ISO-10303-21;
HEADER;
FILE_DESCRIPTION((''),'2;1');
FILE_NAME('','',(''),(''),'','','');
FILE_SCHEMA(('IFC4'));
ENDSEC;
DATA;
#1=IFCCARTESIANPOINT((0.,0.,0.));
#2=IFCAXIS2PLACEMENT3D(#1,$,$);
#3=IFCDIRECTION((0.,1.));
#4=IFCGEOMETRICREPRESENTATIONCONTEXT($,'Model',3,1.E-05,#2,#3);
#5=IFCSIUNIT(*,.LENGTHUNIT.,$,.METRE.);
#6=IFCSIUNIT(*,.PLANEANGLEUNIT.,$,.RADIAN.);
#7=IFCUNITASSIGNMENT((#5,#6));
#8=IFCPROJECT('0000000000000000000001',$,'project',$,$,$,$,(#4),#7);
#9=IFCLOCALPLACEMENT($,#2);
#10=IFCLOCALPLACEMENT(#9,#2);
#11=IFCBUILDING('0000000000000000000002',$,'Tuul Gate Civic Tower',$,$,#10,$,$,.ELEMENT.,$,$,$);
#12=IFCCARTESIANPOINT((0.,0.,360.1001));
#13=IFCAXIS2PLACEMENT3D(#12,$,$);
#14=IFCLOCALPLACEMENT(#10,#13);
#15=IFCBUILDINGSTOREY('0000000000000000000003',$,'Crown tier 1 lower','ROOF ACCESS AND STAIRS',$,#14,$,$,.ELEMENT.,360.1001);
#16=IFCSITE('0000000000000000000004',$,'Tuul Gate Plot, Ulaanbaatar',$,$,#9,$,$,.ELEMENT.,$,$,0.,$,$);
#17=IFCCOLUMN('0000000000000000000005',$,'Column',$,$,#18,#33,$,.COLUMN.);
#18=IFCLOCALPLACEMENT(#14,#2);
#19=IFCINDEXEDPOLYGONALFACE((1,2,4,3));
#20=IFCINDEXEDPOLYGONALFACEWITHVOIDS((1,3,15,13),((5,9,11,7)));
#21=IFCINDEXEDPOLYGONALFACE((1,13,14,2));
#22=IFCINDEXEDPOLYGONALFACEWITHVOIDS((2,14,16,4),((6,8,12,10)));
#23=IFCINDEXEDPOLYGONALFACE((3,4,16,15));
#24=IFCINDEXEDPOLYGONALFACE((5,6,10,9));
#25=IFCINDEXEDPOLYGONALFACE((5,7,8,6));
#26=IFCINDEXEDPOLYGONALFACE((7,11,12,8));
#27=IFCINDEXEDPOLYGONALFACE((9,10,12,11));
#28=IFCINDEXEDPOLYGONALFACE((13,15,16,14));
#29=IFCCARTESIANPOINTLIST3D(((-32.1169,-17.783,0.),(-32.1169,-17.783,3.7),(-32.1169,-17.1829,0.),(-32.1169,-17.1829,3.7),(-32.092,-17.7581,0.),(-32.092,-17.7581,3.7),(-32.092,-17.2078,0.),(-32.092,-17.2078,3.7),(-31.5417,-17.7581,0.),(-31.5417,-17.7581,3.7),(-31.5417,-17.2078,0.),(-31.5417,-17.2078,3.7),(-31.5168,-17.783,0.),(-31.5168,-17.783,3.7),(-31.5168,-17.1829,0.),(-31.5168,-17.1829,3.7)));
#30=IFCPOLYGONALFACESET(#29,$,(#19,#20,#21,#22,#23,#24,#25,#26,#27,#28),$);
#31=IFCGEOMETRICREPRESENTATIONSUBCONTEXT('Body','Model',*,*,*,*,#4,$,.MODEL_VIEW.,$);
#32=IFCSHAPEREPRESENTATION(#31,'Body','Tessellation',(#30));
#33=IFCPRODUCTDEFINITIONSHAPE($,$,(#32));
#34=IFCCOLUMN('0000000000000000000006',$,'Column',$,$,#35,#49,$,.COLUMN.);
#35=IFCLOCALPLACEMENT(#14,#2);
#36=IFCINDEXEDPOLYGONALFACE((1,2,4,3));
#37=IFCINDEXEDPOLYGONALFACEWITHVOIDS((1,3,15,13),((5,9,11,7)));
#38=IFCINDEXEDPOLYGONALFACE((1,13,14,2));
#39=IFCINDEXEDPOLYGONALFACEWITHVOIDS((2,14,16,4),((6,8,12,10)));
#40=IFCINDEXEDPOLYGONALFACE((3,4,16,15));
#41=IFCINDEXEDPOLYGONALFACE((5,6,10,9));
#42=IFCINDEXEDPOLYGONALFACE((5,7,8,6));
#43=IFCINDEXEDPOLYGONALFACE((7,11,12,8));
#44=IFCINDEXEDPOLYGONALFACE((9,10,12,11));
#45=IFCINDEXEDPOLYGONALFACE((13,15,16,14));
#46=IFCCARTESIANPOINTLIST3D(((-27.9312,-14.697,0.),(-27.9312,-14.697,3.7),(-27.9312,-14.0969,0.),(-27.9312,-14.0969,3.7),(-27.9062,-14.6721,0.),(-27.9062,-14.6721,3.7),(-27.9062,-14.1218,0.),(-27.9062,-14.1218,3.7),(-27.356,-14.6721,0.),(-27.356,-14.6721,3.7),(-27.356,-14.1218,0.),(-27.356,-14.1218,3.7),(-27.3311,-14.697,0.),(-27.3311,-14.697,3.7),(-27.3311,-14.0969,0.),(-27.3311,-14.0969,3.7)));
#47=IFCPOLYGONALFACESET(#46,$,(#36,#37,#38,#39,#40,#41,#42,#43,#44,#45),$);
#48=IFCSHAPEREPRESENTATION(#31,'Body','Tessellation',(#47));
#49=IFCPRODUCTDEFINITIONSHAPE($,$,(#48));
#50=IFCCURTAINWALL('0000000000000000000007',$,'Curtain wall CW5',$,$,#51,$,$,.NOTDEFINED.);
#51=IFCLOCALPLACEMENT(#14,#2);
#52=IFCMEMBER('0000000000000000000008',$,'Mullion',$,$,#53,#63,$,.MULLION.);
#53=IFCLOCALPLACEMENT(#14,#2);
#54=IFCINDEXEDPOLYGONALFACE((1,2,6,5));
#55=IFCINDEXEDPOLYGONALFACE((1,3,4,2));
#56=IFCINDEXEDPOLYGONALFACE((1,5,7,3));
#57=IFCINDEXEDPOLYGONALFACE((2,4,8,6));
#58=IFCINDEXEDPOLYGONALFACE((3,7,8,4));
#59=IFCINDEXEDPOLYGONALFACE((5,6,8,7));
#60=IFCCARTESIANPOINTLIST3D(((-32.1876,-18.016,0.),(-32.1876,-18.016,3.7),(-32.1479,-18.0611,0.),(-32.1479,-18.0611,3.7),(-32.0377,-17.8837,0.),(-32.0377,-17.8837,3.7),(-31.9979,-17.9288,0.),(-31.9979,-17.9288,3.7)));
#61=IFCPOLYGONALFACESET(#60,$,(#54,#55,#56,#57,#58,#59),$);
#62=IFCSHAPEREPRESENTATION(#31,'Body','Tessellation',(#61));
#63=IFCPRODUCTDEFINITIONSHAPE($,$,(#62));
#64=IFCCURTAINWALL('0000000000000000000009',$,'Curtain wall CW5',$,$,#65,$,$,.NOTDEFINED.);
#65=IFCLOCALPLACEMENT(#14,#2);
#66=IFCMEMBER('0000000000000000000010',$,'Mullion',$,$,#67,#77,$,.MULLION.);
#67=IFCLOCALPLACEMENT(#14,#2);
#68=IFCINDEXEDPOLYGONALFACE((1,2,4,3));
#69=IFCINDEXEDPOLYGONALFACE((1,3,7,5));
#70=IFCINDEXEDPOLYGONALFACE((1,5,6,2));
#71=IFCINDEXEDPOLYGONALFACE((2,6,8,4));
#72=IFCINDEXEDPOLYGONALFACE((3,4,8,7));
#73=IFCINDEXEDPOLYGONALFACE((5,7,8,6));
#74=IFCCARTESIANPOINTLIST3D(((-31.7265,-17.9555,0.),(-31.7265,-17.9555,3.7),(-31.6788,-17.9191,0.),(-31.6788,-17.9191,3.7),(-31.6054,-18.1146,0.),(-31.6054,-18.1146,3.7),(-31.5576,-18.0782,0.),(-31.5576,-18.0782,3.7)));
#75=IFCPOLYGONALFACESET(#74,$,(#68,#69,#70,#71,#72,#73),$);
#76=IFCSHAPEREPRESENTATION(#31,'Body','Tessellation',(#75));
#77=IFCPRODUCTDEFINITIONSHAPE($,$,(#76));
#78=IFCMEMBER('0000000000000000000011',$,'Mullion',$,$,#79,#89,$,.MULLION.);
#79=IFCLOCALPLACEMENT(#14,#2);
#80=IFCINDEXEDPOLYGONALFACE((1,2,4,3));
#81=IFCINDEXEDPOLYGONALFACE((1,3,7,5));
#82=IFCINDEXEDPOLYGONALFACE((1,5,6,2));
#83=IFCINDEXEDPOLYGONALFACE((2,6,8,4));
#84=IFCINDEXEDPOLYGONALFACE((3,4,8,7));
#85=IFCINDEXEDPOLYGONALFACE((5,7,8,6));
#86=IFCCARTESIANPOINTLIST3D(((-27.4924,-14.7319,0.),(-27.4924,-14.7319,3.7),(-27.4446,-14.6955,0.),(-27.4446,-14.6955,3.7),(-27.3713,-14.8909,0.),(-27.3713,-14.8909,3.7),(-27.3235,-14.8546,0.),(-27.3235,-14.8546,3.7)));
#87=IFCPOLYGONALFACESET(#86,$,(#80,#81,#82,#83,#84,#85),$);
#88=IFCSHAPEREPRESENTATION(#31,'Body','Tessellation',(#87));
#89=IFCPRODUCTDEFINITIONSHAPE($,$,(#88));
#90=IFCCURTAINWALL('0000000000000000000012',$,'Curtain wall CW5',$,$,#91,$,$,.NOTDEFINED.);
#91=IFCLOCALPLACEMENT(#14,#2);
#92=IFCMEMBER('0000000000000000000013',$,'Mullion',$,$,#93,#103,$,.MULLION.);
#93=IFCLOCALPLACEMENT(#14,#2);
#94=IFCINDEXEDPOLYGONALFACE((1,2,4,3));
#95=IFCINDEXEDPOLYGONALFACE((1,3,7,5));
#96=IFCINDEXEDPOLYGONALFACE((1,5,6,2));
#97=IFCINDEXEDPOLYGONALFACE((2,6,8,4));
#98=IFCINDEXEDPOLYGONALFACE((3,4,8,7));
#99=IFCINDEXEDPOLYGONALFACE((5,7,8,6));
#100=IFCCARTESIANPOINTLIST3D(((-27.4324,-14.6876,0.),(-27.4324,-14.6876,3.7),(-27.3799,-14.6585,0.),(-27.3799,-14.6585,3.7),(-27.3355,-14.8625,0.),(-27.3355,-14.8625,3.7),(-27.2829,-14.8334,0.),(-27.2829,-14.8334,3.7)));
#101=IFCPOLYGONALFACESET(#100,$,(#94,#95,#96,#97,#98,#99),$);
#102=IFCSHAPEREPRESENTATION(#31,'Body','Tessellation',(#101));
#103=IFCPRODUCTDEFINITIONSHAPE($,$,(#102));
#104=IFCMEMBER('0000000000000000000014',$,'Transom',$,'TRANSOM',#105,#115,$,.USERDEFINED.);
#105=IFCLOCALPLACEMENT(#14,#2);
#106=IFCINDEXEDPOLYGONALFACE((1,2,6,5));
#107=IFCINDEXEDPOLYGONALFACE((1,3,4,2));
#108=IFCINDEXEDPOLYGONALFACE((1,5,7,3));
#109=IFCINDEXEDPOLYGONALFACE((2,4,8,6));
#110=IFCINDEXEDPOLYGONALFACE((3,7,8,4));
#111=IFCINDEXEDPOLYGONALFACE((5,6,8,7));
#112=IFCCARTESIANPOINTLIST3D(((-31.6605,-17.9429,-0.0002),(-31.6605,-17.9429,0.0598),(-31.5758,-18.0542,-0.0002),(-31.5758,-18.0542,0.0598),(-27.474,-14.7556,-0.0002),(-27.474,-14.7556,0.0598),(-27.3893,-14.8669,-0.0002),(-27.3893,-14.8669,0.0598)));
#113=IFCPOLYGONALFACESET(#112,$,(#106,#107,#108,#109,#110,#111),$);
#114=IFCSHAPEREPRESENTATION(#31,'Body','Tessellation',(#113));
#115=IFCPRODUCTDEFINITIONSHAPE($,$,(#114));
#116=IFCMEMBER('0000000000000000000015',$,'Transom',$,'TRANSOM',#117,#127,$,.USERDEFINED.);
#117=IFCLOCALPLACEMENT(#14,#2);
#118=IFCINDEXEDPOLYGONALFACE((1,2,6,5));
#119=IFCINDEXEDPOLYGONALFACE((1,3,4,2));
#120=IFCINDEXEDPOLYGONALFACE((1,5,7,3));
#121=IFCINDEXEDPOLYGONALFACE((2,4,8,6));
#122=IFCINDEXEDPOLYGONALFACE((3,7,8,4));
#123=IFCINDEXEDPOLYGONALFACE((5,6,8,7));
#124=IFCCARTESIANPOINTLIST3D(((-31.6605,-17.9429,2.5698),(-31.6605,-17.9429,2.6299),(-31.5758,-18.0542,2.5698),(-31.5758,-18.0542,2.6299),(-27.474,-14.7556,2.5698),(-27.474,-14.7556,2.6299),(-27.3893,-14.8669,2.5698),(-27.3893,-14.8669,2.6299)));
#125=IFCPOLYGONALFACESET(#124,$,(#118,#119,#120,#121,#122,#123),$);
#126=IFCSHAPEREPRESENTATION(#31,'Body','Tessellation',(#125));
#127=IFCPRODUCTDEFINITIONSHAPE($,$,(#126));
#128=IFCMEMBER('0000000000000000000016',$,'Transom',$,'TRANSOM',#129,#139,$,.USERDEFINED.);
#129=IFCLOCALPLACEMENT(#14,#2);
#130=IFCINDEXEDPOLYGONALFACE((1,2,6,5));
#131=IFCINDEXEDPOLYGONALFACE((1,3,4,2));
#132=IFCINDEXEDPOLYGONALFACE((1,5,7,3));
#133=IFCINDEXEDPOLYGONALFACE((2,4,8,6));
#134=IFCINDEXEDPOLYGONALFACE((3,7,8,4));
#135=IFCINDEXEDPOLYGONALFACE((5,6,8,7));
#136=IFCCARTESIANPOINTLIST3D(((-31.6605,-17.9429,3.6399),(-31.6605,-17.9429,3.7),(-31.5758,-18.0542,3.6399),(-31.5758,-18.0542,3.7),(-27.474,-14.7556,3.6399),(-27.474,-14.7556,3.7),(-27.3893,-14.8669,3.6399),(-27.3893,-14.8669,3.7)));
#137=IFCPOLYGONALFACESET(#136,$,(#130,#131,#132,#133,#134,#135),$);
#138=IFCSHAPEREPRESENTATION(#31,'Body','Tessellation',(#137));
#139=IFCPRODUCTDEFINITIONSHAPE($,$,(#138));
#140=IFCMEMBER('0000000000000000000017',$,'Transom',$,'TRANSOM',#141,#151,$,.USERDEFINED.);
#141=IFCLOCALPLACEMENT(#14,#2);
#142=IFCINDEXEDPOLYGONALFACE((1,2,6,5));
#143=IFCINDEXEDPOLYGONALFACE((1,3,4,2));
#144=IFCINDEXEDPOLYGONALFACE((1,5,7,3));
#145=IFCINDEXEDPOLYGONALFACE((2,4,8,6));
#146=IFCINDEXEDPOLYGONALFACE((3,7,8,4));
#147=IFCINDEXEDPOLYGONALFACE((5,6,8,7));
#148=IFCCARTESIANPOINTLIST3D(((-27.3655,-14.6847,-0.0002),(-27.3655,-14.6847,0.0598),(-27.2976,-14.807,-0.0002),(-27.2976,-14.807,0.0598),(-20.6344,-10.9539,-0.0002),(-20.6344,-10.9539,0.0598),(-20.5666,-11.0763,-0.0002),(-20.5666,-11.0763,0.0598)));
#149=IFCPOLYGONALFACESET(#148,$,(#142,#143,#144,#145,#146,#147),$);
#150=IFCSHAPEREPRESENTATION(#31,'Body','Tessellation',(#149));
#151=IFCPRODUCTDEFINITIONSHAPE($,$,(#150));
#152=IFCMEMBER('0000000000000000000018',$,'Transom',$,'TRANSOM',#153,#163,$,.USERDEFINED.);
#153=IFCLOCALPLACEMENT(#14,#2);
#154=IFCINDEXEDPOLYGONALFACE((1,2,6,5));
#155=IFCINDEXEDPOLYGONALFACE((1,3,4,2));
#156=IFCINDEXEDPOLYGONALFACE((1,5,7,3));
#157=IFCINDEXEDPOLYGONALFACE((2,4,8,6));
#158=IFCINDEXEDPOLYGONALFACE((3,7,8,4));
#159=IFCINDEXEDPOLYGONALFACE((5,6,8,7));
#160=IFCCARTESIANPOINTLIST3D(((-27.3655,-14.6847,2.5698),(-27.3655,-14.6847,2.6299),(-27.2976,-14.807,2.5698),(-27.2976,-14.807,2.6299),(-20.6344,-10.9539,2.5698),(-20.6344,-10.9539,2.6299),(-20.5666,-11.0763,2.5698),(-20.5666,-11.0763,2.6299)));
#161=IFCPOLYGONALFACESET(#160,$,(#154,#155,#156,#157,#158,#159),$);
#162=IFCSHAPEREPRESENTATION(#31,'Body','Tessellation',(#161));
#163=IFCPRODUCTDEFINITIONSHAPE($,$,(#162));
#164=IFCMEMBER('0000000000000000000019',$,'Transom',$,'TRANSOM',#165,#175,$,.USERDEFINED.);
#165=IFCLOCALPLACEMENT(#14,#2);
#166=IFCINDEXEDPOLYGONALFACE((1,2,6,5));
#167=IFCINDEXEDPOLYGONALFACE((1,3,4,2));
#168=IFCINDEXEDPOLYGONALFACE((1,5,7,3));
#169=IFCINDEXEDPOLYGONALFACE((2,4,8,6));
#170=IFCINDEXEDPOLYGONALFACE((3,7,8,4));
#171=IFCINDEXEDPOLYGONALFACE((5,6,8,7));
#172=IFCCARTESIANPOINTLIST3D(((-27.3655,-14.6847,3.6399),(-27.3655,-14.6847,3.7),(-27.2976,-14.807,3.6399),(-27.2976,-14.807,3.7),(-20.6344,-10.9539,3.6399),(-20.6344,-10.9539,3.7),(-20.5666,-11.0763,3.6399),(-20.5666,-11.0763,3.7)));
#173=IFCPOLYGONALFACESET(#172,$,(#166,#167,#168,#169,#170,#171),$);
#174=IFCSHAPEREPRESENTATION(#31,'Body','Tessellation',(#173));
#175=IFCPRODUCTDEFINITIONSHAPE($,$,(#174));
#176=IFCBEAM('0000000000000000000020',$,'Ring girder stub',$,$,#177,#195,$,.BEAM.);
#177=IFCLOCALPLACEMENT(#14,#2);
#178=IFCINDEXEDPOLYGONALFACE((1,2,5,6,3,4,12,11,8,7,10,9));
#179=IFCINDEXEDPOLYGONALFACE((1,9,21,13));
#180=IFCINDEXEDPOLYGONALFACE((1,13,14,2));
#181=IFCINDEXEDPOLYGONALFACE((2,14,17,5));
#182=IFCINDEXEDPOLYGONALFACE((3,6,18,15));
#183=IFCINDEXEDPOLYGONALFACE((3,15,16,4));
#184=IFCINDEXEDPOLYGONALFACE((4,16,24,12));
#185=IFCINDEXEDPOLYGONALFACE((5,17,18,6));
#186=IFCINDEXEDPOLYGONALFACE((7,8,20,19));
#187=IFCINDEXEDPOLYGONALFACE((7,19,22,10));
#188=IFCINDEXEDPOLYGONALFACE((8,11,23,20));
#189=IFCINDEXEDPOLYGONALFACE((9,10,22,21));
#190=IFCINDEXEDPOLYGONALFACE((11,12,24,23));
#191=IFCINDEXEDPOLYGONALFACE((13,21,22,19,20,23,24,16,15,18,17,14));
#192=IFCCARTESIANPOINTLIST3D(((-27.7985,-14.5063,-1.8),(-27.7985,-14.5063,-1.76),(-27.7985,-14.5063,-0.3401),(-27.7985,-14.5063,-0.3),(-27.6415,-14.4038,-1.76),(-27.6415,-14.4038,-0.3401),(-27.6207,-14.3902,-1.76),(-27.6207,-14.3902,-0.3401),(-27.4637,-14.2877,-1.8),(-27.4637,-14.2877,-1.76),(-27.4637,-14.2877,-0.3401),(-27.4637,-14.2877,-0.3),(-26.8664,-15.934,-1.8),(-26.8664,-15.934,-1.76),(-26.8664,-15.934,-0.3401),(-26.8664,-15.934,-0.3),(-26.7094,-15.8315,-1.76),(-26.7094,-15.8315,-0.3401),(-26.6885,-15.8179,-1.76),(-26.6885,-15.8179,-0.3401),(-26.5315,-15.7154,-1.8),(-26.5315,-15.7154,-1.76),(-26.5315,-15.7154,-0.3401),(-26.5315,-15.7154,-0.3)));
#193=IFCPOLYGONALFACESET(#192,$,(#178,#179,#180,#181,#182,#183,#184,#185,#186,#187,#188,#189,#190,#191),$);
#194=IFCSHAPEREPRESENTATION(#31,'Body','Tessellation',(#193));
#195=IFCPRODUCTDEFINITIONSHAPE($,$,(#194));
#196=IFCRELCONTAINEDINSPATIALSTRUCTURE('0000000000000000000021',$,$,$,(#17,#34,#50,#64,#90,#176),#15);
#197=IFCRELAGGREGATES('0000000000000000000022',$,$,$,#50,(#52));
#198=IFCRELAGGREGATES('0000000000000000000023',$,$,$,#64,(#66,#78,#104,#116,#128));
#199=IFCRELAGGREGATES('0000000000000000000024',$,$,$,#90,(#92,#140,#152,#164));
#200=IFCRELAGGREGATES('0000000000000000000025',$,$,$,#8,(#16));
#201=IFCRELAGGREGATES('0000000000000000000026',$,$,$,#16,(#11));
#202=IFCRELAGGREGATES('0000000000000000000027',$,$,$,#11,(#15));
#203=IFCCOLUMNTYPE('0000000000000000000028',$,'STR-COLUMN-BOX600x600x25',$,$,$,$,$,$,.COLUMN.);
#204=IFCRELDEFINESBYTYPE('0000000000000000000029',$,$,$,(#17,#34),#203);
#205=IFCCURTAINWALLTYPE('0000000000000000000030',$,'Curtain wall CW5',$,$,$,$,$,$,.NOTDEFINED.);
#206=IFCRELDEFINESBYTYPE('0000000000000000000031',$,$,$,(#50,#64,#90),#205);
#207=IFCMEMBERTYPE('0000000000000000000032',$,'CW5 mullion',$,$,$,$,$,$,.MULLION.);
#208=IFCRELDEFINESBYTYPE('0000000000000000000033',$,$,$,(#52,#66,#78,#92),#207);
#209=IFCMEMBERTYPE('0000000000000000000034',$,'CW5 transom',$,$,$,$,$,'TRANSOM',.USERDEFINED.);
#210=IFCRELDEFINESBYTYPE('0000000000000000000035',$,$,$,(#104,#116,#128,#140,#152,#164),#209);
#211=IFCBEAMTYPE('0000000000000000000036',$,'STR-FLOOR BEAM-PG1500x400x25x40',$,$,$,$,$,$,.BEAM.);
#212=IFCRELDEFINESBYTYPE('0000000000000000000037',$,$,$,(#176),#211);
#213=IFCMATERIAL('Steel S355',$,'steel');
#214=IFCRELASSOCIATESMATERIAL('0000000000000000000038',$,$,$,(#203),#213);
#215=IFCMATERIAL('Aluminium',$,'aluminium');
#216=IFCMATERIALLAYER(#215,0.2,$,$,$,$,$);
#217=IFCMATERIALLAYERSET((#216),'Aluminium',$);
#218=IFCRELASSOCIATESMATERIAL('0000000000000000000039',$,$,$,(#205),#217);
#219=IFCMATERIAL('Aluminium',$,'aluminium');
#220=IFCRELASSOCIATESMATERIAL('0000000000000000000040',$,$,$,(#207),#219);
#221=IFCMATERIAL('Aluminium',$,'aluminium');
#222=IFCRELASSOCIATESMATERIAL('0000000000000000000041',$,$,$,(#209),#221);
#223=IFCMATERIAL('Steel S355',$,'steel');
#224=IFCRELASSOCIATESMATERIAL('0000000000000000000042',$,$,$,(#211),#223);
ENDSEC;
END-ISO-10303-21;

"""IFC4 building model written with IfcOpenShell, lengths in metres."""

from ifc_helpers import new_model, si_unit, direction, frame, origin, origin_2d, place, context, subcontext, project, spatial, rectangle, hollow_rectangle, i_section, extrude, material, layer, layer_set, material_profile, profile_set, type_object, element, aggregate, save


model = new_model("IFC4")

# Units and contexts
model_context = context("Model", 3, precision=1e-05, world=origin(), true_north=direction((0.0, 1.0)))
body_context = subcontext(model_context, "Body", "Model", "MODEL_VIEW")
ifc_project = project(units=[si_unit("LENGTHUNIT", "METRE"), si_unit("PLANEANGLEUNIT", "RADIAN")], contexts=[model_context])

# Site, building, storey
site_placement = place(None, origin())
site = spatial("IfcSite", under=ifc_project, at=site_placement, Name="Tuul Gate Plot, Ulaanbaatar", CompositionType="ELEMENT", RefElevation=0.0)
building_placement = place(site_placement, origin())
building = spatial("IfcBuilding", under=site, at=building_placement, Name="Tuul Gate Civic Tower", CompositionType="ELEMENT")
storey_placement = place(building_placement, frame((0.0, 0.0, 360.1001)))
storey = spatial("IfcBuildingStorey", under=building, at=storey_placement, Name="Crown tier 1 lower", Description="ROOF ACCESS AND STAIRS", CompositionType="ELEMENT", Elevation=360.1001)

# Columns
ifc_material_1 = material(Name="Steel S355", Category="steel")
ifc_material_profile_1 = material_profile(ifc_material_1, hollow_rectangle(XDim=0.6001, YDim=0.6001, WallThickness=0.0249, at=origin_2d()), Name="BOX600x600x25")
ifc_profile_set_1 = profile_set([ifc_material_profile_1], Name="Steel S355")
column_type = type_object("IfcColumnType", Name="STR-COLUMN-BOX600x600x25", PredefinedType="COLUMN", material=ifc_profile_set_1)
for number, where, z_axis, x_axis, name in (
    (1, (-31.8169, -17.4829, 0.0), (0.0, 0.0, 1.0), (1.0, 0.0, 0.0), "Column"),
    (2, (-27.6311, -14.397, 0.0), (0.0, 0.0, 1.0), (1.0, 0.0, 0.0), "Column"),
):
    element("IfcColumn", number, at=place(storey_placement, frame(where, z_axis=z_axis, x_axis=x_axis)), inside=storey, type_object=column_type, Name=name, PredefinedType="COLUMN", context=body_context, shape_type="SweptSolid", body=[
        extrude(hollow_rectangle(XDim=0.6001, YDim=0.6001, WallThickness=0.0249, at=origin_2d()), origin(), (0.0, 0.0, 1.0), 3.7),
    ])

# Curtain wall, member
ifc_material_2 = material(Name="Aluminium", Category="aluminium")
ifc_layer_1 = layer(ifc_material_2, 0.2)
ifc_layer_set_1 = layer_set([ifc_layer_1], Name="Aluminium")
curtain_wall_type = type_object("IfcCurtainWallType", Name="Curtain wall CW5", PredefinedType="NOTDEFINED", material=ifc_layer_set_1)
curtain_wall_1_placement = place(storey_placement, origin())
curtain_wall_1 = element("IfcCurtainWall", 3, at=curtain_wall_1_placement, inside=storey, type_object=curtain_wall_type, Name="Curtain wall CW5", PredefinedType="NOTDEFINED")
ifc_material_3 = material(Name="Aluminium", Category="aluminium")
ifc_material_profile_2 = material_profile(ifc_material_3, rectangle(XDim=0.2, YDim=0.0601, at=origin_2d()), Name="CW5 mullion")
ifc_profile_set_2 = profile_set([ifc_material_profile_2], Name="Aluminium")
member_type_1 = type_object("IfcMemberType", Name="CW5 mullion", PredefinedType="MULLION", material=ifc_profile_set_2)
member_1_placement = place(storey_placement, frame((-32.0928, -17.9724, 0.0), z_axis=(0.0, 0.0, 1.0), x_axis=(0.749793, 0.661672, 0.0)))
member_1 = element("IfcMember", 4, at=member_1_placement, type_object=member_type_1, Name="Mullion", PredefinedType="MULLION", context=body_context, shape_type="SweptSolid", body=[
    extrude(rectangle(XDim=0.2, YDim=0.0601, at=origin_2d()), origin(), (0.0, 0.0, 1.0), 3.7),
])
aggregate(curtain_wall_1, [member_1])

# Curtain wall, members
curtain_wall_2_placement = place(storey_placement, origin())
curtain_wall_2 = element("IfcCurtainWall", 5, at=curtain_wall_2_placement, inside=storey, type_object=curtain_wall_type, Name="Curtain wall CW5", PredefinedType="NOTDEFINED")
member_2_placement = place(storey_placement, frame((-31.6421, -18.0168, 0.0), z_axis=(0.0, 0.0, 1.0), x_axis=(-0.605752, 0.795653, 0.0)))
member_2 = element("IfcMember", 6, at=member_2_placement, type_object=member_type_1, Name="Mullion", PredefinedType="MULLION", context=body_context, shape_type="SweptSolid", body=[
    extrude(rectangle(XDim=0.2, YDim=0.0601, at=origin_2d()), origin(), (0.0, 0.0, 1.0), 3.7),
])
member_3_placement = place(storey_placement, frame((-27.408, -14.7932, 0.0), z_axis=(0.0, 0.0, 1.0), x_axis=(-0.605752, 0.795653, 0.0)))
member_3 = element("IfcMember", 7, at=member_3_placement, type_object=member_type_1, Name="Mullion", PredefinedType="MULLION", context=body_context, shape_type="SweptSolid", body=[
    extrude(rectangle(XDim=0.2, YDim=0.0601, at=origin_2d()), origin(), (0.0, 0.0, 1.0), 3.7),
])

# Curtain wall, member
curtain_wall_3_placement = place(storey_placement, origin())
curtain_wall_3 = element("IfcCurtainWall", 8, at=curtain_wall_3_placement, inside=storey, type_object=curtain_wall_type, Name="Curtain wall CW5", PredefinedType="NOTDEFINED")
member_4_placement = place(storey_placement, frame((-27.3577, -14.7605, 0.0), z_axis=(0.0, 0.0, 1.0), x_axis=(-0.484784, 0.874634, 0.0)))
member_4 = element("IfcMember", 9, at=member_4_placement, type_object=member_type_1, Name="Mullion", PredefinedType="MULLION", context=body_context, shape_type="SweptSolid", body=[
    extrude(rectangle(XDim=0.2, YDim=0.0601, at=origin_2d()), origin(), (0.0, 0.0, 1.0), 3.7),
])

# Members
ifc_material_4 = material(Name="Aluminium", Category="aluminium")
ifc_material_profile_3 = material_profile(ifc_material_4, rectangle(XDim=0.1399, YDim=0.0601, at=origin_2d()), Name="CW5 transom")
ifc_profile_set_3 = profile_set([ifc_material_profile_3], Name="Aluminium")
member_type_2 = type_object("IfcMemberType", Name="CW5 transom", ElementType="TRANSOM", PredefinedType="USERDEFINED", material=ifc_profile_set_3)
member_5_placement = place(storey_placement, frame((-31.6182, -17.9985, 0.0298), z_axis=(0.795659, 0.605745, 0.0), x_axis=(-0.605745, 0.795659, 0.0)))
member_5 = element("IfcMember", 10, at=member_5_placement, type_object=member_type_2, Name="Transom", ObjectType="TRANSOM", PredefinedType="USERDEFINED", context=body_context, shape_type="SweptSolid", body=[
    extrude(rectangle(XDim=0.1399, YDim=0.0601, at=origin_2d()), origin(), (0.0, 0.0, 1.0), 5.2617),
])
member_6_placement = place(storey_placement, frame((-31.6182, -17.9985, 2.5999), z_axis=(0.795659, 0.605745, 0.0), x_axis=(-0.605745, 0.795659, 0.0)))
member_6 = element("IfcMember", 11, at=member_6_placement, type_object=member_type_2, Name="Transom", ObjectType="TRANSOM", PredefinedType="USERDEFINED", context=body_context, shape_type="SweptSolid", body=[
    extrude(rectangle(XDim=0.1399, YDim=0.0601, at=origin_2d()), origin(), (0.0, 0.0, 1.0), 5.2617),
])
member_7_placement = place(storey_placement, frame((-31.6182, -17.9985, 3.6699), z_axis=(0.795659, 0.605745, 0.0), x_axis=(-0.605745, 0.795659, 0.0)))
member_7 = element("IfcMember", 12, at=member_7_placement, type_object=member_type_2, Name="Transom", ObjectType="TRANSOM", PredefinedType="USERDEFINED", context=body_context, shape_type="SweptSolid", body=[
    extrude(rectangle(XDim=0.1399, YDim=0.0601, at=origin_2d()), origin(), (0.0, 0.0, 1.0), 5.2617),
])
member_8_placement = place(storey_placement, frame((-27.3315, -14.7458, 0.0298), z_axis=(0.874637, 0.484778, 0.0), x_axis=(-0.484778, 0.874637, 0.0)))
member_8 = element("IfcMember", 13, at=member_8_placement, type_object=member_type_2, Name="Transom", ObjectType="TRANSOM", PredefinedType="USERDEFINED", context=body_context, shape_type="SweptSolid", body=[
    extrude(rectangle(XDim=0.1399, YDim=0.0601, at=origin_2d()), origin(), (0.0, 0.0, 1.0), 7.6958),
])
member_9_placement = place(storey_placement, frame((-27.3315, -14.7458, 2.5999), z_axis=(0.874637, 0.484778, 0.0), x_axis=(-0.484778, 0.874637, 0.0)))
member_9 = element("IfcMember", 14, at=member_9_placement, type_object=member_type_2, Name="Transom", ObjectType="TRANSOM", PredefinedType="USERDEFINED", context=body_context, shape_type="SweptSolid", body=[
    extrude(rectangle(XDim=0.1399, YDim=0.0601, at=origin_2d()), origin(), (0.0, 0.0, 1.0), 7.6958),
])
member_10_placement = place(storey_placement, frame((-27.3315, -14.7458, 3.6699), z_axis=(0.874637, 0.484778, 0.0), x_axis=(-0.484778, 0.874637, 0.0)))
member_10 = element("IfcMember", 15, at=member_10_placement, type_object=member_type_2, Name="Transom", ObjectType="TRANSOM", PredefinedType="USERDEFINED", context=body_context, shape_type="SweptSolid", body=[
    extrude(rectangle(XDim=0.1399, YDim=0.0601, at=origin_2d()), origin(), (0.0, 0.0, 1.0), 7.6958),
])

# Beam
ifc_material_5 = material(Name="Steel S355", Category="steel")
ifc_material_profile_4 = material_profile(ifc_material_5, i_section(OverallWidth=0.3999, OverallDepth=1.5, WebThickness=0.0249, FlangeThickness=0.04, at=origin_2d()), Name="PG1500x400x25x40")
ifc_profile_set_4 = profile_set([ifc_material_profile_4], Name="Steel S355")
beam_type_1 = type_object("IfcBeamType", Name="STR-FLOOR BEAM-PG1500x400x25x40", PredefinedType="BEAM", material=ifc_profile_set_4)
beam_1_placement = place(storey_placement, frame((-26.699, -15.8247, -1.05), z_axis=(-0.546678, 0.837343, 0.0), x_axis=(-0.837343, -0.546678, 0.0)))
element("IfcBeam", 16, at=beam_1_placement, inside=storey, type_object=beam_type_1, Name="Ring girder stub", PredefinedType="BEAM", context=body_context, shape_type="SweptSolid", body=[
    extrude(i_section(OverallWidth=0.3999, OverallDepth=1.5, WebThickness=0.0249, FlangeThickness=0.04, at=origin_2d()), origin(), (0.0, 0.0, 1.0), 1.7051),
])

aggregate(curtain_wall_2, [member_2, member_3, member_5, member_6, member_7])
aggregate(curtain_wall_3, [member_4, member_8, member_9, member_10])

save(model, "model.ifc")
